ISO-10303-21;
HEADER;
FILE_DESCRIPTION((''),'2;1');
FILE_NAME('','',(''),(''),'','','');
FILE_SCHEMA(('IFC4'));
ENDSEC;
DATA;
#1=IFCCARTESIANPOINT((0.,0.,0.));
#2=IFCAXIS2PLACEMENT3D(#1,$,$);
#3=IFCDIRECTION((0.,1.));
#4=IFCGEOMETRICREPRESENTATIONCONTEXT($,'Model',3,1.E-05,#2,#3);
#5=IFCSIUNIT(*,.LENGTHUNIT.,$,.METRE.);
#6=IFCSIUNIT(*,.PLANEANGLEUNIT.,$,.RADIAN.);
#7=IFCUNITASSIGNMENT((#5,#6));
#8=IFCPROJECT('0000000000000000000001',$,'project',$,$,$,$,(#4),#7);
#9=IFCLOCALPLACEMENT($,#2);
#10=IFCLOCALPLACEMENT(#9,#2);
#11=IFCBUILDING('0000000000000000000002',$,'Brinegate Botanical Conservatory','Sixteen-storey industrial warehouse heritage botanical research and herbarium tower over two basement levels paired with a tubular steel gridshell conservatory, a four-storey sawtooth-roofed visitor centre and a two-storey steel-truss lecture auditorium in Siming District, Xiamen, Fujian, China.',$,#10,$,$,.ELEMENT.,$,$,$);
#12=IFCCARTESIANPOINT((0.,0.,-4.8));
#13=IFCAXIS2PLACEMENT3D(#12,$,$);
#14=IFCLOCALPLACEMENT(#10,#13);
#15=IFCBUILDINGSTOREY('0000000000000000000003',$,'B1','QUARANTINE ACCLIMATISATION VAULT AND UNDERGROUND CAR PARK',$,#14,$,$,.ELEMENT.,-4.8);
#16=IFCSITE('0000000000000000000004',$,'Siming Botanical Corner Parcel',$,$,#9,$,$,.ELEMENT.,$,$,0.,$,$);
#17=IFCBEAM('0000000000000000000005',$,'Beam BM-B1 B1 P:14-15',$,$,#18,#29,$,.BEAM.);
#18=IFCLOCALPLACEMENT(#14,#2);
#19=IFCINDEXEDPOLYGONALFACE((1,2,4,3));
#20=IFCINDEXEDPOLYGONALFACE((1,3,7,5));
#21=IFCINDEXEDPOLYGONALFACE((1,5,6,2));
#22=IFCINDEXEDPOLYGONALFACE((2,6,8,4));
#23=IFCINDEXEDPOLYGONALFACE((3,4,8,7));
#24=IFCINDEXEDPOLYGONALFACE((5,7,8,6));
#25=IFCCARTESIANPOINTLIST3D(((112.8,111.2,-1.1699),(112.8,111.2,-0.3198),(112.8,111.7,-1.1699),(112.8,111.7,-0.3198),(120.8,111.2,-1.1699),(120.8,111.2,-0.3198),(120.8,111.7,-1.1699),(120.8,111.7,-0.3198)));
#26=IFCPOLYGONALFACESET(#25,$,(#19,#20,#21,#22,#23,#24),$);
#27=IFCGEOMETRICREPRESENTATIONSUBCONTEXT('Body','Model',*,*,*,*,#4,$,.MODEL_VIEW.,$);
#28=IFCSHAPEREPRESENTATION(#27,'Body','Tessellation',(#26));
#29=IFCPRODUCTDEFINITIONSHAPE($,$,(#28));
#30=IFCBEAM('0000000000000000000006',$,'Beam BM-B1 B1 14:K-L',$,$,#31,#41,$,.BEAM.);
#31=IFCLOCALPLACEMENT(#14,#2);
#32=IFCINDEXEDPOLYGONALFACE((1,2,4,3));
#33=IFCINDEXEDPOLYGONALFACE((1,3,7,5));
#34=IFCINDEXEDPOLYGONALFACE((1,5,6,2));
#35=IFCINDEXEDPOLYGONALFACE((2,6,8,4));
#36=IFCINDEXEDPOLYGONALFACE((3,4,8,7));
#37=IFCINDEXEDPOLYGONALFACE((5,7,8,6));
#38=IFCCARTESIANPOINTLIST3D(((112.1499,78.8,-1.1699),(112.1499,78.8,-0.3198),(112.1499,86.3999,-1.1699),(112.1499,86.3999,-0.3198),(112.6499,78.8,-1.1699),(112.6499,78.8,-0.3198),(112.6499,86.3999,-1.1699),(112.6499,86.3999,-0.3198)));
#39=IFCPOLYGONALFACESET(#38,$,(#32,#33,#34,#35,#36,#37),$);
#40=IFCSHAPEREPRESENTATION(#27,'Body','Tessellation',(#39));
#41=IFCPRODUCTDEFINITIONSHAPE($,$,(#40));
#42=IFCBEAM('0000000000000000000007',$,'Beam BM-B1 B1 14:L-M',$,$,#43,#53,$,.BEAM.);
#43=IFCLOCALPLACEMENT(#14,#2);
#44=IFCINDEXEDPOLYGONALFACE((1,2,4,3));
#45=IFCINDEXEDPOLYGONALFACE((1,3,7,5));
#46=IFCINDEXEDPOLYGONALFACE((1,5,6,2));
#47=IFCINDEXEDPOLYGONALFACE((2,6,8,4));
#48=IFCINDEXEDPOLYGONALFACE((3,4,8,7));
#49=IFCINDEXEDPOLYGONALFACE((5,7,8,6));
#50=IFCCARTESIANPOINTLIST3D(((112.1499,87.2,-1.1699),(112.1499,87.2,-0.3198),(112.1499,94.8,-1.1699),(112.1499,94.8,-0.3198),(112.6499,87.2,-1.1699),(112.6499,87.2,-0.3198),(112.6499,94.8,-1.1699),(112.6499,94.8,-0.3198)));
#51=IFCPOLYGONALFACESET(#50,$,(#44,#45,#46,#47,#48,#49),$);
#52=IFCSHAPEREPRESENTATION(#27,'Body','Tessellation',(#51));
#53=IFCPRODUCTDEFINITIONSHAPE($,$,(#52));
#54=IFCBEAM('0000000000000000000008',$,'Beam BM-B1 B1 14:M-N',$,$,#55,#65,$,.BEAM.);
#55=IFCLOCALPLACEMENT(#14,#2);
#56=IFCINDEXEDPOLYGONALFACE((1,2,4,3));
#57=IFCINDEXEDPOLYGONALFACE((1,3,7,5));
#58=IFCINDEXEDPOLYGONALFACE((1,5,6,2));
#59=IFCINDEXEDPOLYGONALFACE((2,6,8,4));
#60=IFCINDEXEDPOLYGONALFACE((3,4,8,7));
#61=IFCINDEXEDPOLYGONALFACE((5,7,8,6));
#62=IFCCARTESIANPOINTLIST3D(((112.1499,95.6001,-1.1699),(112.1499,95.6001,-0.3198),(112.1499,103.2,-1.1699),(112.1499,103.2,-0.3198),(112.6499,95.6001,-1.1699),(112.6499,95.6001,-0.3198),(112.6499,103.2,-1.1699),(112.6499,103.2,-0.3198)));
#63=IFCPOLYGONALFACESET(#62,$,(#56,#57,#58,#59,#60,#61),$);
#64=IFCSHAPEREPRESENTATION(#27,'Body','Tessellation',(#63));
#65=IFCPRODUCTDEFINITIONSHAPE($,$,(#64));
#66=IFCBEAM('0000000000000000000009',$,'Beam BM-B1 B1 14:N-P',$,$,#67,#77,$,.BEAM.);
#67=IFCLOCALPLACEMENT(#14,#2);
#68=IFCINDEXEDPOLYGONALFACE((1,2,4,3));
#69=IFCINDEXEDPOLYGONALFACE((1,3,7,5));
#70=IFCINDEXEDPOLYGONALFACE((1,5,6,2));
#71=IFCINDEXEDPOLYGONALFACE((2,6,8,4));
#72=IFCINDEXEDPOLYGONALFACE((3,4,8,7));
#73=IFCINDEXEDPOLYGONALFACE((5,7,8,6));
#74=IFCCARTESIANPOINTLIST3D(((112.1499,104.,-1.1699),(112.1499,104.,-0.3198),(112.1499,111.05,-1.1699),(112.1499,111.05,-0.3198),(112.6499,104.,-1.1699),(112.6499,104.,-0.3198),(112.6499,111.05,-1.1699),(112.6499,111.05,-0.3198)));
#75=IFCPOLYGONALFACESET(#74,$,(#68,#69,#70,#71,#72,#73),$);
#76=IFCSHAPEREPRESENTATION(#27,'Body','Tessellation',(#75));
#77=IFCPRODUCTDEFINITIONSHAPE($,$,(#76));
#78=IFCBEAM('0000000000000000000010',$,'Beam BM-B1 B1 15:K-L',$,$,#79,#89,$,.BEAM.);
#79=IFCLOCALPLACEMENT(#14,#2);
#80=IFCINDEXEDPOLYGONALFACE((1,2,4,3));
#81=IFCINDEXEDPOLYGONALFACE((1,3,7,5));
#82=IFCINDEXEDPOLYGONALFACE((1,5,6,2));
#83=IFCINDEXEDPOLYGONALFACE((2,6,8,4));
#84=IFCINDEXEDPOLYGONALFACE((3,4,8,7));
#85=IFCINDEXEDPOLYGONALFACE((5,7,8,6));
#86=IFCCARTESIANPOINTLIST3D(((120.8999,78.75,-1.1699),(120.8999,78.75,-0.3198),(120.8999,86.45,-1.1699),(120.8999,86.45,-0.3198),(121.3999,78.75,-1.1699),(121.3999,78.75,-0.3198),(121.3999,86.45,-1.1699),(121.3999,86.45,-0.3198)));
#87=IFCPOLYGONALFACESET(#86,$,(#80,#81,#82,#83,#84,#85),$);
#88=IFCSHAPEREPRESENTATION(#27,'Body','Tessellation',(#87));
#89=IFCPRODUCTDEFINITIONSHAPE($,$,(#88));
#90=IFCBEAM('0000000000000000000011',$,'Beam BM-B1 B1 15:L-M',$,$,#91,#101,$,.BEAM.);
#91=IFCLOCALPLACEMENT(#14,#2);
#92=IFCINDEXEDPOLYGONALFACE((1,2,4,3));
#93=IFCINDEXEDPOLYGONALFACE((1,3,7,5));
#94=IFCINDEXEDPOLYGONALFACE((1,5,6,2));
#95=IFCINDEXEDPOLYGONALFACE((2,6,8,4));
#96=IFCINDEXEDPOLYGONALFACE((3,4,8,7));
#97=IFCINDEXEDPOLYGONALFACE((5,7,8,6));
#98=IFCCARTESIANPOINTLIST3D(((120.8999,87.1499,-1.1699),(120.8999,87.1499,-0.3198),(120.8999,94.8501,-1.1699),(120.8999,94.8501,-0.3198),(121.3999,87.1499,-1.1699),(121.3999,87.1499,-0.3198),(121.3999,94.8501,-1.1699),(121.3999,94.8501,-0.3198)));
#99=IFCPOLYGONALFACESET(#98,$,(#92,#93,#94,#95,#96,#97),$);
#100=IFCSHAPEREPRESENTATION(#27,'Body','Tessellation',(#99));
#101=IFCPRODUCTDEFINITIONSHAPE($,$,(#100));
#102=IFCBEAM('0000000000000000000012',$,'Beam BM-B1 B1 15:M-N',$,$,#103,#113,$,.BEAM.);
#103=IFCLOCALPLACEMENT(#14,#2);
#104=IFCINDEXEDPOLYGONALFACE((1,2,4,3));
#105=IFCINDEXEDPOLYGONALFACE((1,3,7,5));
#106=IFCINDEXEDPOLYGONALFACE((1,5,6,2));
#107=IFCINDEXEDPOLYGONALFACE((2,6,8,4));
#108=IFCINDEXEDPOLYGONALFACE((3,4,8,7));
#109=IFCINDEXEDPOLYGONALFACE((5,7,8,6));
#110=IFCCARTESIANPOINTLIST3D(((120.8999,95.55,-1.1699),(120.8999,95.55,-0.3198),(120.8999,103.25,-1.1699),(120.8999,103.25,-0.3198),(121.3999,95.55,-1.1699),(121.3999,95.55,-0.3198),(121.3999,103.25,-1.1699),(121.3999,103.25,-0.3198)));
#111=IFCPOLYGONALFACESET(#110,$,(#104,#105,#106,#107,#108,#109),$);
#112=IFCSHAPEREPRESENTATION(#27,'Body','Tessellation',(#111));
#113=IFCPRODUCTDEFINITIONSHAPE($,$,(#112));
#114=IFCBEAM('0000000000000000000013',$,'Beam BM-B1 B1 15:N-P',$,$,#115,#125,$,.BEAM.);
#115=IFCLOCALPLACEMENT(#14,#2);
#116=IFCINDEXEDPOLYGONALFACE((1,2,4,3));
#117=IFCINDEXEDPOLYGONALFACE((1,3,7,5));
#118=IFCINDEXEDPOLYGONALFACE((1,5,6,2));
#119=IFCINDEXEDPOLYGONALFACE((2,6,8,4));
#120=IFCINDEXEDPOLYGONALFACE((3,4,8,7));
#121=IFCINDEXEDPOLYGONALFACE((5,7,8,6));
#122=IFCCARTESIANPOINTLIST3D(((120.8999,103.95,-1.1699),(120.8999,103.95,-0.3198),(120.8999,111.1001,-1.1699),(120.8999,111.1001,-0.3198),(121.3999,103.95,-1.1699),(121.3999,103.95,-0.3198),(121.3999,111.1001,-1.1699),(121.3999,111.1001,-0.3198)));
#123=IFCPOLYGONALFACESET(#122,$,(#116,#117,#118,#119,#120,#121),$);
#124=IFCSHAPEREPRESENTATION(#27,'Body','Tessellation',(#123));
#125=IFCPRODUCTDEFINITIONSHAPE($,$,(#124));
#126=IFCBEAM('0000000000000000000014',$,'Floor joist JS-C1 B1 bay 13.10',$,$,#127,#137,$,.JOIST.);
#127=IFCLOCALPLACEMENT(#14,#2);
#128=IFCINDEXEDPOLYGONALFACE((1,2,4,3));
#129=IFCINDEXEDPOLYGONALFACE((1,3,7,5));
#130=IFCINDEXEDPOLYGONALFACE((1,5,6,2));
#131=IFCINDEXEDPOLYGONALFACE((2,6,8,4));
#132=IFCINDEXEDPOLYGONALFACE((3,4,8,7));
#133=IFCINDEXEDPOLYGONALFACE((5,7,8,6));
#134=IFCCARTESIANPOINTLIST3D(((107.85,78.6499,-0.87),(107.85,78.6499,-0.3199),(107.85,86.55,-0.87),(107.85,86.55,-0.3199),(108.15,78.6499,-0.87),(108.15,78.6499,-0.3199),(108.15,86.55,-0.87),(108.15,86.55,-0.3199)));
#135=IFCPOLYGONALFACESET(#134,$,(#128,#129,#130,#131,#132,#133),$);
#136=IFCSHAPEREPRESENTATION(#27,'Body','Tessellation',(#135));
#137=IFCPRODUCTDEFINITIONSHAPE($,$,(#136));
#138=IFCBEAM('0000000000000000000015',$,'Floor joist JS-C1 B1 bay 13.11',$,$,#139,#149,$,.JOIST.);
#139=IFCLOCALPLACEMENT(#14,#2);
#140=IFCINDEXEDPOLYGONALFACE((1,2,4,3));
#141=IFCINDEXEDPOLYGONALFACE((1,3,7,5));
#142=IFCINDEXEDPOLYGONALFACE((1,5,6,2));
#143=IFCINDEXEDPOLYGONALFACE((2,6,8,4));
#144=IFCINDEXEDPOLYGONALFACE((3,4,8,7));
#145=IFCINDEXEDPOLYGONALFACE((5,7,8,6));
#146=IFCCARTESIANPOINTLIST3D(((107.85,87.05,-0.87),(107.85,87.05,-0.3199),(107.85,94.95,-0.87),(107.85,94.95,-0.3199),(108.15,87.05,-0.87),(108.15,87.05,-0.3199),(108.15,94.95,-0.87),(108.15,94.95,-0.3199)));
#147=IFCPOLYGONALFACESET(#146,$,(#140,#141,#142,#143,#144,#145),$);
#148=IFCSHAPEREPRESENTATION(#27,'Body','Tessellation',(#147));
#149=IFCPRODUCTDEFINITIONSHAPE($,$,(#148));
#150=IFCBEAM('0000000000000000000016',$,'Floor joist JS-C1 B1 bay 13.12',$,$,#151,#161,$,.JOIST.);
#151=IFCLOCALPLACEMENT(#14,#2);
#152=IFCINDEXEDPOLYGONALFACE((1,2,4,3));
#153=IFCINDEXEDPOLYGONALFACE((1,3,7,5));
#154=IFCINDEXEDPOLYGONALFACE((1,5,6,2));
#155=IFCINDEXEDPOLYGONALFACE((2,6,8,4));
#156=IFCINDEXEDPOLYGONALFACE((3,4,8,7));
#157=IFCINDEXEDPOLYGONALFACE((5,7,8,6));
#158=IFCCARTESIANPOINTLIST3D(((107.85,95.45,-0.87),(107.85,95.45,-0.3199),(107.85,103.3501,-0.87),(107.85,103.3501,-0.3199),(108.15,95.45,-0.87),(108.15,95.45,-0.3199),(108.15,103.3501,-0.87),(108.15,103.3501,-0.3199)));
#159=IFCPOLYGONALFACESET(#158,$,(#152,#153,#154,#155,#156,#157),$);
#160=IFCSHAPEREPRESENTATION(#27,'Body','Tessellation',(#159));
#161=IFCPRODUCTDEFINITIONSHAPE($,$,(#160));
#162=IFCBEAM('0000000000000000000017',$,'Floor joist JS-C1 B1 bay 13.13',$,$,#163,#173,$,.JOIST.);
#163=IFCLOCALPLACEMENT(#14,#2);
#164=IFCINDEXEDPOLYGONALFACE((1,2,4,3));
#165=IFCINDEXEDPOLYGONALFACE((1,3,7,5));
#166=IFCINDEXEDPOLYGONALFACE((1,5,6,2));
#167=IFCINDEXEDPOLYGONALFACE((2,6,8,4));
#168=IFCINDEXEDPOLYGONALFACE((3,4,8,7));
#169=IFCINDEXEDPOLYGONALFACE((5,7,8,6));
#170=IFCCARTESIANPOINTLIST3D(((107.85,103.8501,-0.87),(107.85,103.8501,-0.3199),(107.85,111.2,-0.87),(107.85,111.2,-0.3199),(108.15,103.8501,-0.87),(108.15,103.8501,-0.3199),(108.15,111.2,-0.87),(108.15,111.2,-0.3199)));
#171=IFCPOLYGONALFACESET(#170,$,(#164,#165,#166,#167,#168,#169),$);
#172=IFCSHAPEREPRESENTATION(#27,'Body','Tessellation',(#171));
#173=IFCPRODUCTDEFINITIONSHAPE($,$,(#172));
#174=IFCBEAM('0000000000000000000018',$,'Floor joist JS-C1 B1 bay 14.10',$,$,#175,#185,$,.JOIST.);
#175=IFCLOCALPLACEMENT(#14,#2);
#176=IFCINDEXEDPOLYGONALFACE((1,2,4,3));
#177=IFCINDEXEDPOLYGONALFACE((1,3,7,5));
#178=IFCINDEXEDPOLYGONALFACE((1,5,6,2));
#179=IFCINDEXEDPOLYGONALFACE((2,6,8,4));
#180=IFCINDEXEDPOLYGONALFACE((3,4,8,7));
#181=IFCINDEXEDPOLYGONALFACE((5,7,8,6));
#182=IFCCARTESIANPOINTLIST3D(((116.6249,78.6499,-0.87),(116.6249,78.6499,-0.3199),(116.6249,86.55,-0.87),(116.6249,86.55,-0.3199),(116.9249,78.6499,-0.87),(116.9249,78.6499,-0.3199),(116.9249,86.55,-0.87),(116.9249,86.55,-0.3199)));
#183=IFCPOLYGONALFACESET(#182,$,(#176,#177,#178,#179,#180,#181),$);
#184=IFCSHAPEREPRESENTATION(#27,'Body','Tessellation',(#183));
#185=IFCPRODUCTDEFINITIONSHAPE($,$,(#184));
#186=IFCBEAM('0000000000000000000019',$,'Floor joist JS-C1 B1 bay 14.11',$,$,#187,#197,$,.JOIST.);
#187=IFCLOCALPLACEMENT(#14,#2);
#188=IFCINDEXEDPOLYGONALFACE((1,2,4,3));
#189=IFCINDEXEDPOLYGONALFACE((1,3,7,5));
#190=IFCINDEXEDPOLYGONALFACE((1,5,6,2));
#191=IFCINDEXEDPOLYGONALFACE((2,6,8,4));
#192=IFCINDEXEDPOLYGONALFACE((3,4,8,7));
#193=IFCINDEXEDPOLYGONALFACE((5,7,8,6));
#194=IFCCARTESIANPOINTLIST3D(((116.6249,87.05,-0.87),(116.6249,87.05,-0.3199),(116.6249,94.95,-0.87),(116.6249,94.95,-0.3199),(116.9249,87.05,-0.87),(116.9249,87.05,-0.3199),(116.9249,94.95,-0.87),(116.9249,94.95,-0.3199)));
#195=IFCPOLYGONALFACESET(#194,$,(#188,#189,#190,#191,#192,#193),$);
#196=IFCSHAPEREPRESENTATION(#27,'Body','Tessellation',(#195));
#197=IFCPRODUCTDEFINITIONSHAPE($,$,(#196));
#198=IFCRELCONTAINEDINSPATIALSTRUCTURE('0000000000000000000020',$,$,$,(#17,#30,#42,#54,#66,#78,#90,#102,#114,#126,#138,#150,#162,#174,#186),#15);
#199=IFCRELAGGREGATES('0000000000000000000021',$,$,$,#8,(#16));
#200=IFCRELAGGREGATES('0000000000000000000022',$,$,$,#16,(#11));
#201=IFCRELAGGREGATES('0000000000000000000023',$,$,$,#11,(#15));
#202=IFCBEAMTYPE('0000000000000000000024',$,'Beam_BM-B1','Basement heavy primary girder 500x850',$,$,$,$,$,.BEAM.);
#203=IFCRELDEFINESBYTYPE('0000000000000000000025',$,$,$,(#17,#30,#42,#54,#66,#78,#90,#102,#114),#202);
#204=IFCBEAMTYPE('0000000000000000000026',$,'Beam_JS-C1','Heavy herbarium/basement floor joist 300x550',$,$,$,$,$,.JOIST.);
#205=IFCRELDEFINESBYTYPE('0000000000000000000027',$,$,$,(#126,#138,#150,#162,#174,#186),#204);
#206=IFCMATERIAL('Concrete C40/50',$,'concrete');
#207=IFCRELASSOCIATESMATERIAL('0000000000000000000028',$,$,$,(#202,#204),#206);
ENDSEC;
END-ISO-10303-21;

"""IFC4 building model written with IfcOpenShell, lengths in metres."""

from ifc_helpers import new_model, si_unit, direction, frame, origin, origin_2d, place, context, subcontext, project, spatial, rectangle, extrude, material, material_profile, profile_set, type_object, element, save


model = new_model("IFC4")

# Units and contexts
model_context = context("Model", 3, precision=1e-05, world=origin(), true_north=direction((0.0, 1.0)))
body_context = subcontext(model_context, "Body", "Model", "MODEL_VIEW")
ifc_project = project(units=[si_unit("LENGTHUNIT", "METRE"), si_unit("PLANEANGLEUNIT", "RADIAN")], contexts=[model_context])

# Site, building, storey
site_placement = place(None, origin())
site = spatial("IfcSite", under=ifc_project, at=site_placement, Name="Siming Botanical Corner Parcel", CompositionType="ELEMENT", RefElevation=0.0)
building_placement = place(site_placement, origin())
building = spatial("IfcBuilding", under=site, at=building_placement, Name="Brinegate Botanical Conservatory", Description="Sixteen-storey industrial warehouse heritage botanical research and herbarium tower over two basement levels paired with a tubular steel gridshell conservatory, a four-storey sawtooth-roofed visitor centre and a two-storey steel-truss lecture auditorium in Siming District, Xiamen, Fujian, China.", CompositionType="ELEMENT")
storey_placement = place(building_placement, frame((0.0, 0.0, -4.8)))
storey = spatial("IfcBuildingStorey", under=building, at=storey_placement, Name="B1", Description="QUARANTINE ACCLIMATISATION VAULT AND UNDERGROUND CAR PARK", CompositionType="ELEMENT", Elevation=-4.8)

# Shared definitions
ifc_material_1 = material(Name="Concrete C40/50", Category="concrete")

# Beams
ifc_material_profile_1 = material_profile(ifc_material_1, rectangle(XDim=0.5, YDim=0.8501, at=origin_2d()), Name="RC BM 500x850")
ifc_profile_set_1 = profile_set([ifc_material_profile_1], Name="Concrete C40/50")
beam_type_1 = type_object("IfcBeamType", Name="Beam_BM-B1", Description="Basement heavy primary girder 500x850", PredefinedType="BEAM", material=ifc_profile_set_1)
for number, where, z_axis, x_axis, name in (
    (1, (112.8, 111.45, -0.7449), (1.0, 0.0, 0.0), (0.0, 1.0, 0.0), "Beam BM-B1 B1 P:14-15"),
):
    element("IfcBeam", number, at=place(storey_placement, frame(where, z_axis=z_axis, x_axis=x_axis)), inside=storey, type_object=beam_type_1, Name=name, PredefinedType="BEAM", context=body_context, shape_type="SweptSolid", body=[
        extrude(rectangle(XDim=0.5, YDim=0.8501, at=origin_2d()), origin(), (0.0, 0.0, 1.0), 8.0),
    ])
beam_1_placement = place(storey_placement, frame((112.3999, 78.8, -0.7449), z_axis=(0.0, 1.0, 0.0), x_axis=(-1.0, 0.0, 0.0)))
element("IfcBeam", 2, at=beam_1_placement, inside=storey, type_object=beam_type_1, Name="Beam BM-B1 B1 14:K-L", PredefinedType="BEAM", context=body_context, shape_type="SweptSolid", body=[
    extrude(rectangle(XDim=0.5, YDim=0.8501, at=origin_2d()), origin(), (0.0, 0.0, 1.0), 7.5999),
])
beam_2_placement = place(storey_placement, frame((112.3999, 87.2, -0.7449), z_axis=(0.0, 1.0, 0.0), x_axis=(-1.0, 0.0, 0.0)))
element("IfcBeam", 3, at=beam_2_placement, inside=storey, type_object=beam_type_1, Name="Beam BM-B1 B1 14:L-M", PredefinedType="BEAM", context=body_context, shape_type="SweptSolid", body=[
    extrude(rectangle(XDim=0.5, YDim=0.8501, at=origin_2d()), origin(), (0.0, 0.0, 1.0), 7.6001),
])
beam_3_placement = place(storey_placement, frame((112.3999, 95.6001, -0.7449), z_axis=(0.0, 1.0, 0.0), x_axis=(-1.0, 0.0, 0.0)))
element("IfcBeam", 4, at=beam_3_placement, inside=storey, type_object=beam_type_1, Name="Beam BM-B1 B1 14:M-N", PredefinedType="BEAM", context=body_context, shape_type="SweptSolid", body=[
    extrude(rectangle(XDim=0.5, YDim=0.8501, at=origin_2d()), origin(), (0.0, 0.0, 1.0), 7.5999),
])
beam_4_placement = place(storey_placement, frame((112.3999, 104.0, -0.7449), z_axis=(0.0, 1.0, 0.0), x_axis=(-1.0, 0.0, 0.0)))
element("IfcBeam", 5, at=beam_4_placement, inside=storey, type_object=beam_type_1, Name="Beam BM-B1 B1 14:N-P", PredefinedType="BEAM", context=body_context, shape_type="SweptSolid", body=[
    extrude(rectangle(XDim=0.5, YDim=0.8501, at=origin_2d()), origin(), (0.0, 0.0, 1.0), 7.05),
])
beam_5_placement = place(storey_placement, frame((121.1499, 78.75, -0.7449), z_axis=(0.0, 1.0, 0.0), x_axis=(-1.0, 0.0, 0.0)))
element("IfcBeam", 6, at=beam_5_placement, inside=storey, type_object=beam_type_1, Name="Beam BM-B1 B1 15:K-L", PredefinedType="BEAM", context=body_context, shape_type="SweptSolid", body=[
    extrude(rectangle(XDim=0.5, YDim=0.8501, at=origin_2d()), origin(), (0.0, 0.0, 1.0), 7.7),
])
beam_6_placement = place(storey_placement, frame((121.1499, 87.1499, -0.7449), z_axis=(0.0, 1.0, 0.0), x_axis=(-1.0, 0.0, 0.0)))
element("IfcBeam", 7, at=beam_6_placement, inside=storey, type_object=beam_type_1, Name="Beam BM-B1 B1 15:L-M", PredefinedType="BEAM", context=body_context, shape_type="SweptSolid", body=[
    extrude(rectangle(XDim=0.5, YDim=0.8501, at=origin_2d()), origin(), (0.0, 0.0, 1.0), 7.7002),
])
beam_7_placement = place(storey_placement, frame((121.1499, 95.55, -0.7449), z_axis=(0.0, 1.0, 0.0), x_axis=(-1.0, 0.0, 0.0)))
element("IfcBeam", 8, at=beam_7_placement, inside=storey, type_object=beam_type_1, Name="Beam BM-B1 B1 15:M-N", PredefinedType="BEAM", context=body_context, shape_type="SweptSolid", body=[
    extrude(rectangle(XDim=0.5, YDim=0.8501, at=origin_2d()), origin(), (0.0, 0.0, 1.0), 7.7),
])
beam_8_placement = place(storey_placement, frame((121.1499, 103.95, -0.7449), z_axis=(0.0, 1.0, 0.0), x_axis=(-1.0, 0.0, 0.0)))
element("IfcBeam", 9, at=beam_8_placement, inside=storey, type_object=beam_type_1, Name="Beam BM-B1 B1 15:N-P", PredefinedType="BEAM", context=body_context, shape_type="SweptSolid", body=[
    extrude(rectangle(XDim=0.5, YDim=0.8501, at=origin_2d()), origin(), (0.0, 0.0, 1.0), 7.1501),
])
ifc_material_profile_2 = material_profile(ifc_material_1, rectangle(XDim=0.3, YDim=0.55, at=origin_2d()), Name="RC JST 300x550")
ifc_profile_set_2 = profile_set([ifc_material_profile_2], Name="Concrete C40/50")
beam_type_2 = type_object("IfcBeamType", Name="Beam_JS-C1", Description="Heavy herbarium/basement floor joist 300x550", PredefinedType="JOIST", material=ifc_profile_set_2)
beam_9_placement = place(storey_placement, frame((108.0, 78.6499, -0.595), z_axis=(0.0, 1.0, 0.0), x_axis=(-1.0, 0.0, 0.0)))
element("IfcBeam", 10, at=beam_9_placement, inside=storey, type_object=beam_type_2, Name="Floor joist JS-C1 B1 bay 13.10", PredefinedType="JOIST", context=body_context, shape_type="SweptSolid", body=[
    extrude(rectangle(XDim=0.3, YDim=0.55, at=origin_2d()), origin(), (0.0, 0.0, 1.0), 7.9001),
])
beam_10_placement = place(storey_placement, frame((108.0, 87.05, -0.595), z_axis=(0.0, 1.0, 0.0), x_axis=(-1.0, 0.0, 0.0)))
element("IfcBeam", 11, at=beam_10_placement, inside=storey, type_object=beam_type_2, Name="Floor joist JS-C1 B1 bay 13.11", PredefinedType="JOIST", context=body_context, shape_type="SweptSolid", body=[
    extrude(rectangle(XDim=0.3, YDim=0.55, at=origin_2d()), origin(), (0.0, 0.0, 1.0), 7.8999),
])
beam_11_placement = place(storey_placement, frame((108.0, 95.45, -0.595), z_axis=(0.0, 1.0, 0.0), x_axis=(-1.0, 0.0, 0.0)))
element("IfcBeam", 12, at=beam_11_placement, inside=storey, type_object=beam_type_2, Name="Floor joist JS-C1 B1 bay 13.12", PredefinedType="JOIST", context=body_context, shape_type="SweptSolid", body=[
    extrude(rectangle(XDim=0.3, YDim=0.55, at=origin_2d()), origin(), (0.0, 0.0, 1.0), 7.9001),
])
beam_12_placement = place(storey_placement, frame((108.0, 103.8501, -0.595), z_axis=(0.0, 1.0, 0.0), x_axis=(-1.0, 0.0, 0.0)))
element("IfcBeam", 13, at=beam_12_placement, inside=storey, type_object=beam_type_2, Name="Floor joist JS-C1 B1 bay 13.13", PredefinedType="JOIST", context=body_context, shape_type="SweptSolid", body=[
    extrude(rectangle(XDim=0.3, YDim=0.55, at=origin_2d()), origin(), (0.0, 0.0, 1.0), 7.3499),
])
beam_13_placement = place(storey_placement, frame((116.7749, 78.6499, -0.595), z_axis=(0.0, 1.0, 0.0), x_axis=(-1.0, 0.0, 0.0)))
element("IfcBeam", 14, at=beam_13_placement, inside=storey, type_object=beam_type_2, Name="Floor joist JS-C1 B1 bay 14.10", PredefinedType="JOIST", context=body_context, shape_type="SweptSolid", body=[
    extrude(rectangle(XDim=0.3, YDim=0.55, at=origin_2d()), origin(), (0.0, 0.0, 1.0), 7.9001),
])
beam_14_placement = place(storey_placement, frame((116.7749, 87.05, -0.595), z_axis=(0.0, 1.0, 0.0), x_axis=(-1.0, 0.0, 0.0)))
element("IfcBeam", 15, at=beam_14_placement, inside=storey, type_object=beam_type_2, Name="Floor joist JS-C1 B1 bay 14.11", PredefinedType="JOIST", context=body_context, shape_type="SweptSolid", body=[
    extrude(rectangle(XDim=0.3, YDim=0.55, at=origin_2d()), origin(), (0.0, 0.0, 1.0), 7.8999),
])

save(model, "model.ifc")
